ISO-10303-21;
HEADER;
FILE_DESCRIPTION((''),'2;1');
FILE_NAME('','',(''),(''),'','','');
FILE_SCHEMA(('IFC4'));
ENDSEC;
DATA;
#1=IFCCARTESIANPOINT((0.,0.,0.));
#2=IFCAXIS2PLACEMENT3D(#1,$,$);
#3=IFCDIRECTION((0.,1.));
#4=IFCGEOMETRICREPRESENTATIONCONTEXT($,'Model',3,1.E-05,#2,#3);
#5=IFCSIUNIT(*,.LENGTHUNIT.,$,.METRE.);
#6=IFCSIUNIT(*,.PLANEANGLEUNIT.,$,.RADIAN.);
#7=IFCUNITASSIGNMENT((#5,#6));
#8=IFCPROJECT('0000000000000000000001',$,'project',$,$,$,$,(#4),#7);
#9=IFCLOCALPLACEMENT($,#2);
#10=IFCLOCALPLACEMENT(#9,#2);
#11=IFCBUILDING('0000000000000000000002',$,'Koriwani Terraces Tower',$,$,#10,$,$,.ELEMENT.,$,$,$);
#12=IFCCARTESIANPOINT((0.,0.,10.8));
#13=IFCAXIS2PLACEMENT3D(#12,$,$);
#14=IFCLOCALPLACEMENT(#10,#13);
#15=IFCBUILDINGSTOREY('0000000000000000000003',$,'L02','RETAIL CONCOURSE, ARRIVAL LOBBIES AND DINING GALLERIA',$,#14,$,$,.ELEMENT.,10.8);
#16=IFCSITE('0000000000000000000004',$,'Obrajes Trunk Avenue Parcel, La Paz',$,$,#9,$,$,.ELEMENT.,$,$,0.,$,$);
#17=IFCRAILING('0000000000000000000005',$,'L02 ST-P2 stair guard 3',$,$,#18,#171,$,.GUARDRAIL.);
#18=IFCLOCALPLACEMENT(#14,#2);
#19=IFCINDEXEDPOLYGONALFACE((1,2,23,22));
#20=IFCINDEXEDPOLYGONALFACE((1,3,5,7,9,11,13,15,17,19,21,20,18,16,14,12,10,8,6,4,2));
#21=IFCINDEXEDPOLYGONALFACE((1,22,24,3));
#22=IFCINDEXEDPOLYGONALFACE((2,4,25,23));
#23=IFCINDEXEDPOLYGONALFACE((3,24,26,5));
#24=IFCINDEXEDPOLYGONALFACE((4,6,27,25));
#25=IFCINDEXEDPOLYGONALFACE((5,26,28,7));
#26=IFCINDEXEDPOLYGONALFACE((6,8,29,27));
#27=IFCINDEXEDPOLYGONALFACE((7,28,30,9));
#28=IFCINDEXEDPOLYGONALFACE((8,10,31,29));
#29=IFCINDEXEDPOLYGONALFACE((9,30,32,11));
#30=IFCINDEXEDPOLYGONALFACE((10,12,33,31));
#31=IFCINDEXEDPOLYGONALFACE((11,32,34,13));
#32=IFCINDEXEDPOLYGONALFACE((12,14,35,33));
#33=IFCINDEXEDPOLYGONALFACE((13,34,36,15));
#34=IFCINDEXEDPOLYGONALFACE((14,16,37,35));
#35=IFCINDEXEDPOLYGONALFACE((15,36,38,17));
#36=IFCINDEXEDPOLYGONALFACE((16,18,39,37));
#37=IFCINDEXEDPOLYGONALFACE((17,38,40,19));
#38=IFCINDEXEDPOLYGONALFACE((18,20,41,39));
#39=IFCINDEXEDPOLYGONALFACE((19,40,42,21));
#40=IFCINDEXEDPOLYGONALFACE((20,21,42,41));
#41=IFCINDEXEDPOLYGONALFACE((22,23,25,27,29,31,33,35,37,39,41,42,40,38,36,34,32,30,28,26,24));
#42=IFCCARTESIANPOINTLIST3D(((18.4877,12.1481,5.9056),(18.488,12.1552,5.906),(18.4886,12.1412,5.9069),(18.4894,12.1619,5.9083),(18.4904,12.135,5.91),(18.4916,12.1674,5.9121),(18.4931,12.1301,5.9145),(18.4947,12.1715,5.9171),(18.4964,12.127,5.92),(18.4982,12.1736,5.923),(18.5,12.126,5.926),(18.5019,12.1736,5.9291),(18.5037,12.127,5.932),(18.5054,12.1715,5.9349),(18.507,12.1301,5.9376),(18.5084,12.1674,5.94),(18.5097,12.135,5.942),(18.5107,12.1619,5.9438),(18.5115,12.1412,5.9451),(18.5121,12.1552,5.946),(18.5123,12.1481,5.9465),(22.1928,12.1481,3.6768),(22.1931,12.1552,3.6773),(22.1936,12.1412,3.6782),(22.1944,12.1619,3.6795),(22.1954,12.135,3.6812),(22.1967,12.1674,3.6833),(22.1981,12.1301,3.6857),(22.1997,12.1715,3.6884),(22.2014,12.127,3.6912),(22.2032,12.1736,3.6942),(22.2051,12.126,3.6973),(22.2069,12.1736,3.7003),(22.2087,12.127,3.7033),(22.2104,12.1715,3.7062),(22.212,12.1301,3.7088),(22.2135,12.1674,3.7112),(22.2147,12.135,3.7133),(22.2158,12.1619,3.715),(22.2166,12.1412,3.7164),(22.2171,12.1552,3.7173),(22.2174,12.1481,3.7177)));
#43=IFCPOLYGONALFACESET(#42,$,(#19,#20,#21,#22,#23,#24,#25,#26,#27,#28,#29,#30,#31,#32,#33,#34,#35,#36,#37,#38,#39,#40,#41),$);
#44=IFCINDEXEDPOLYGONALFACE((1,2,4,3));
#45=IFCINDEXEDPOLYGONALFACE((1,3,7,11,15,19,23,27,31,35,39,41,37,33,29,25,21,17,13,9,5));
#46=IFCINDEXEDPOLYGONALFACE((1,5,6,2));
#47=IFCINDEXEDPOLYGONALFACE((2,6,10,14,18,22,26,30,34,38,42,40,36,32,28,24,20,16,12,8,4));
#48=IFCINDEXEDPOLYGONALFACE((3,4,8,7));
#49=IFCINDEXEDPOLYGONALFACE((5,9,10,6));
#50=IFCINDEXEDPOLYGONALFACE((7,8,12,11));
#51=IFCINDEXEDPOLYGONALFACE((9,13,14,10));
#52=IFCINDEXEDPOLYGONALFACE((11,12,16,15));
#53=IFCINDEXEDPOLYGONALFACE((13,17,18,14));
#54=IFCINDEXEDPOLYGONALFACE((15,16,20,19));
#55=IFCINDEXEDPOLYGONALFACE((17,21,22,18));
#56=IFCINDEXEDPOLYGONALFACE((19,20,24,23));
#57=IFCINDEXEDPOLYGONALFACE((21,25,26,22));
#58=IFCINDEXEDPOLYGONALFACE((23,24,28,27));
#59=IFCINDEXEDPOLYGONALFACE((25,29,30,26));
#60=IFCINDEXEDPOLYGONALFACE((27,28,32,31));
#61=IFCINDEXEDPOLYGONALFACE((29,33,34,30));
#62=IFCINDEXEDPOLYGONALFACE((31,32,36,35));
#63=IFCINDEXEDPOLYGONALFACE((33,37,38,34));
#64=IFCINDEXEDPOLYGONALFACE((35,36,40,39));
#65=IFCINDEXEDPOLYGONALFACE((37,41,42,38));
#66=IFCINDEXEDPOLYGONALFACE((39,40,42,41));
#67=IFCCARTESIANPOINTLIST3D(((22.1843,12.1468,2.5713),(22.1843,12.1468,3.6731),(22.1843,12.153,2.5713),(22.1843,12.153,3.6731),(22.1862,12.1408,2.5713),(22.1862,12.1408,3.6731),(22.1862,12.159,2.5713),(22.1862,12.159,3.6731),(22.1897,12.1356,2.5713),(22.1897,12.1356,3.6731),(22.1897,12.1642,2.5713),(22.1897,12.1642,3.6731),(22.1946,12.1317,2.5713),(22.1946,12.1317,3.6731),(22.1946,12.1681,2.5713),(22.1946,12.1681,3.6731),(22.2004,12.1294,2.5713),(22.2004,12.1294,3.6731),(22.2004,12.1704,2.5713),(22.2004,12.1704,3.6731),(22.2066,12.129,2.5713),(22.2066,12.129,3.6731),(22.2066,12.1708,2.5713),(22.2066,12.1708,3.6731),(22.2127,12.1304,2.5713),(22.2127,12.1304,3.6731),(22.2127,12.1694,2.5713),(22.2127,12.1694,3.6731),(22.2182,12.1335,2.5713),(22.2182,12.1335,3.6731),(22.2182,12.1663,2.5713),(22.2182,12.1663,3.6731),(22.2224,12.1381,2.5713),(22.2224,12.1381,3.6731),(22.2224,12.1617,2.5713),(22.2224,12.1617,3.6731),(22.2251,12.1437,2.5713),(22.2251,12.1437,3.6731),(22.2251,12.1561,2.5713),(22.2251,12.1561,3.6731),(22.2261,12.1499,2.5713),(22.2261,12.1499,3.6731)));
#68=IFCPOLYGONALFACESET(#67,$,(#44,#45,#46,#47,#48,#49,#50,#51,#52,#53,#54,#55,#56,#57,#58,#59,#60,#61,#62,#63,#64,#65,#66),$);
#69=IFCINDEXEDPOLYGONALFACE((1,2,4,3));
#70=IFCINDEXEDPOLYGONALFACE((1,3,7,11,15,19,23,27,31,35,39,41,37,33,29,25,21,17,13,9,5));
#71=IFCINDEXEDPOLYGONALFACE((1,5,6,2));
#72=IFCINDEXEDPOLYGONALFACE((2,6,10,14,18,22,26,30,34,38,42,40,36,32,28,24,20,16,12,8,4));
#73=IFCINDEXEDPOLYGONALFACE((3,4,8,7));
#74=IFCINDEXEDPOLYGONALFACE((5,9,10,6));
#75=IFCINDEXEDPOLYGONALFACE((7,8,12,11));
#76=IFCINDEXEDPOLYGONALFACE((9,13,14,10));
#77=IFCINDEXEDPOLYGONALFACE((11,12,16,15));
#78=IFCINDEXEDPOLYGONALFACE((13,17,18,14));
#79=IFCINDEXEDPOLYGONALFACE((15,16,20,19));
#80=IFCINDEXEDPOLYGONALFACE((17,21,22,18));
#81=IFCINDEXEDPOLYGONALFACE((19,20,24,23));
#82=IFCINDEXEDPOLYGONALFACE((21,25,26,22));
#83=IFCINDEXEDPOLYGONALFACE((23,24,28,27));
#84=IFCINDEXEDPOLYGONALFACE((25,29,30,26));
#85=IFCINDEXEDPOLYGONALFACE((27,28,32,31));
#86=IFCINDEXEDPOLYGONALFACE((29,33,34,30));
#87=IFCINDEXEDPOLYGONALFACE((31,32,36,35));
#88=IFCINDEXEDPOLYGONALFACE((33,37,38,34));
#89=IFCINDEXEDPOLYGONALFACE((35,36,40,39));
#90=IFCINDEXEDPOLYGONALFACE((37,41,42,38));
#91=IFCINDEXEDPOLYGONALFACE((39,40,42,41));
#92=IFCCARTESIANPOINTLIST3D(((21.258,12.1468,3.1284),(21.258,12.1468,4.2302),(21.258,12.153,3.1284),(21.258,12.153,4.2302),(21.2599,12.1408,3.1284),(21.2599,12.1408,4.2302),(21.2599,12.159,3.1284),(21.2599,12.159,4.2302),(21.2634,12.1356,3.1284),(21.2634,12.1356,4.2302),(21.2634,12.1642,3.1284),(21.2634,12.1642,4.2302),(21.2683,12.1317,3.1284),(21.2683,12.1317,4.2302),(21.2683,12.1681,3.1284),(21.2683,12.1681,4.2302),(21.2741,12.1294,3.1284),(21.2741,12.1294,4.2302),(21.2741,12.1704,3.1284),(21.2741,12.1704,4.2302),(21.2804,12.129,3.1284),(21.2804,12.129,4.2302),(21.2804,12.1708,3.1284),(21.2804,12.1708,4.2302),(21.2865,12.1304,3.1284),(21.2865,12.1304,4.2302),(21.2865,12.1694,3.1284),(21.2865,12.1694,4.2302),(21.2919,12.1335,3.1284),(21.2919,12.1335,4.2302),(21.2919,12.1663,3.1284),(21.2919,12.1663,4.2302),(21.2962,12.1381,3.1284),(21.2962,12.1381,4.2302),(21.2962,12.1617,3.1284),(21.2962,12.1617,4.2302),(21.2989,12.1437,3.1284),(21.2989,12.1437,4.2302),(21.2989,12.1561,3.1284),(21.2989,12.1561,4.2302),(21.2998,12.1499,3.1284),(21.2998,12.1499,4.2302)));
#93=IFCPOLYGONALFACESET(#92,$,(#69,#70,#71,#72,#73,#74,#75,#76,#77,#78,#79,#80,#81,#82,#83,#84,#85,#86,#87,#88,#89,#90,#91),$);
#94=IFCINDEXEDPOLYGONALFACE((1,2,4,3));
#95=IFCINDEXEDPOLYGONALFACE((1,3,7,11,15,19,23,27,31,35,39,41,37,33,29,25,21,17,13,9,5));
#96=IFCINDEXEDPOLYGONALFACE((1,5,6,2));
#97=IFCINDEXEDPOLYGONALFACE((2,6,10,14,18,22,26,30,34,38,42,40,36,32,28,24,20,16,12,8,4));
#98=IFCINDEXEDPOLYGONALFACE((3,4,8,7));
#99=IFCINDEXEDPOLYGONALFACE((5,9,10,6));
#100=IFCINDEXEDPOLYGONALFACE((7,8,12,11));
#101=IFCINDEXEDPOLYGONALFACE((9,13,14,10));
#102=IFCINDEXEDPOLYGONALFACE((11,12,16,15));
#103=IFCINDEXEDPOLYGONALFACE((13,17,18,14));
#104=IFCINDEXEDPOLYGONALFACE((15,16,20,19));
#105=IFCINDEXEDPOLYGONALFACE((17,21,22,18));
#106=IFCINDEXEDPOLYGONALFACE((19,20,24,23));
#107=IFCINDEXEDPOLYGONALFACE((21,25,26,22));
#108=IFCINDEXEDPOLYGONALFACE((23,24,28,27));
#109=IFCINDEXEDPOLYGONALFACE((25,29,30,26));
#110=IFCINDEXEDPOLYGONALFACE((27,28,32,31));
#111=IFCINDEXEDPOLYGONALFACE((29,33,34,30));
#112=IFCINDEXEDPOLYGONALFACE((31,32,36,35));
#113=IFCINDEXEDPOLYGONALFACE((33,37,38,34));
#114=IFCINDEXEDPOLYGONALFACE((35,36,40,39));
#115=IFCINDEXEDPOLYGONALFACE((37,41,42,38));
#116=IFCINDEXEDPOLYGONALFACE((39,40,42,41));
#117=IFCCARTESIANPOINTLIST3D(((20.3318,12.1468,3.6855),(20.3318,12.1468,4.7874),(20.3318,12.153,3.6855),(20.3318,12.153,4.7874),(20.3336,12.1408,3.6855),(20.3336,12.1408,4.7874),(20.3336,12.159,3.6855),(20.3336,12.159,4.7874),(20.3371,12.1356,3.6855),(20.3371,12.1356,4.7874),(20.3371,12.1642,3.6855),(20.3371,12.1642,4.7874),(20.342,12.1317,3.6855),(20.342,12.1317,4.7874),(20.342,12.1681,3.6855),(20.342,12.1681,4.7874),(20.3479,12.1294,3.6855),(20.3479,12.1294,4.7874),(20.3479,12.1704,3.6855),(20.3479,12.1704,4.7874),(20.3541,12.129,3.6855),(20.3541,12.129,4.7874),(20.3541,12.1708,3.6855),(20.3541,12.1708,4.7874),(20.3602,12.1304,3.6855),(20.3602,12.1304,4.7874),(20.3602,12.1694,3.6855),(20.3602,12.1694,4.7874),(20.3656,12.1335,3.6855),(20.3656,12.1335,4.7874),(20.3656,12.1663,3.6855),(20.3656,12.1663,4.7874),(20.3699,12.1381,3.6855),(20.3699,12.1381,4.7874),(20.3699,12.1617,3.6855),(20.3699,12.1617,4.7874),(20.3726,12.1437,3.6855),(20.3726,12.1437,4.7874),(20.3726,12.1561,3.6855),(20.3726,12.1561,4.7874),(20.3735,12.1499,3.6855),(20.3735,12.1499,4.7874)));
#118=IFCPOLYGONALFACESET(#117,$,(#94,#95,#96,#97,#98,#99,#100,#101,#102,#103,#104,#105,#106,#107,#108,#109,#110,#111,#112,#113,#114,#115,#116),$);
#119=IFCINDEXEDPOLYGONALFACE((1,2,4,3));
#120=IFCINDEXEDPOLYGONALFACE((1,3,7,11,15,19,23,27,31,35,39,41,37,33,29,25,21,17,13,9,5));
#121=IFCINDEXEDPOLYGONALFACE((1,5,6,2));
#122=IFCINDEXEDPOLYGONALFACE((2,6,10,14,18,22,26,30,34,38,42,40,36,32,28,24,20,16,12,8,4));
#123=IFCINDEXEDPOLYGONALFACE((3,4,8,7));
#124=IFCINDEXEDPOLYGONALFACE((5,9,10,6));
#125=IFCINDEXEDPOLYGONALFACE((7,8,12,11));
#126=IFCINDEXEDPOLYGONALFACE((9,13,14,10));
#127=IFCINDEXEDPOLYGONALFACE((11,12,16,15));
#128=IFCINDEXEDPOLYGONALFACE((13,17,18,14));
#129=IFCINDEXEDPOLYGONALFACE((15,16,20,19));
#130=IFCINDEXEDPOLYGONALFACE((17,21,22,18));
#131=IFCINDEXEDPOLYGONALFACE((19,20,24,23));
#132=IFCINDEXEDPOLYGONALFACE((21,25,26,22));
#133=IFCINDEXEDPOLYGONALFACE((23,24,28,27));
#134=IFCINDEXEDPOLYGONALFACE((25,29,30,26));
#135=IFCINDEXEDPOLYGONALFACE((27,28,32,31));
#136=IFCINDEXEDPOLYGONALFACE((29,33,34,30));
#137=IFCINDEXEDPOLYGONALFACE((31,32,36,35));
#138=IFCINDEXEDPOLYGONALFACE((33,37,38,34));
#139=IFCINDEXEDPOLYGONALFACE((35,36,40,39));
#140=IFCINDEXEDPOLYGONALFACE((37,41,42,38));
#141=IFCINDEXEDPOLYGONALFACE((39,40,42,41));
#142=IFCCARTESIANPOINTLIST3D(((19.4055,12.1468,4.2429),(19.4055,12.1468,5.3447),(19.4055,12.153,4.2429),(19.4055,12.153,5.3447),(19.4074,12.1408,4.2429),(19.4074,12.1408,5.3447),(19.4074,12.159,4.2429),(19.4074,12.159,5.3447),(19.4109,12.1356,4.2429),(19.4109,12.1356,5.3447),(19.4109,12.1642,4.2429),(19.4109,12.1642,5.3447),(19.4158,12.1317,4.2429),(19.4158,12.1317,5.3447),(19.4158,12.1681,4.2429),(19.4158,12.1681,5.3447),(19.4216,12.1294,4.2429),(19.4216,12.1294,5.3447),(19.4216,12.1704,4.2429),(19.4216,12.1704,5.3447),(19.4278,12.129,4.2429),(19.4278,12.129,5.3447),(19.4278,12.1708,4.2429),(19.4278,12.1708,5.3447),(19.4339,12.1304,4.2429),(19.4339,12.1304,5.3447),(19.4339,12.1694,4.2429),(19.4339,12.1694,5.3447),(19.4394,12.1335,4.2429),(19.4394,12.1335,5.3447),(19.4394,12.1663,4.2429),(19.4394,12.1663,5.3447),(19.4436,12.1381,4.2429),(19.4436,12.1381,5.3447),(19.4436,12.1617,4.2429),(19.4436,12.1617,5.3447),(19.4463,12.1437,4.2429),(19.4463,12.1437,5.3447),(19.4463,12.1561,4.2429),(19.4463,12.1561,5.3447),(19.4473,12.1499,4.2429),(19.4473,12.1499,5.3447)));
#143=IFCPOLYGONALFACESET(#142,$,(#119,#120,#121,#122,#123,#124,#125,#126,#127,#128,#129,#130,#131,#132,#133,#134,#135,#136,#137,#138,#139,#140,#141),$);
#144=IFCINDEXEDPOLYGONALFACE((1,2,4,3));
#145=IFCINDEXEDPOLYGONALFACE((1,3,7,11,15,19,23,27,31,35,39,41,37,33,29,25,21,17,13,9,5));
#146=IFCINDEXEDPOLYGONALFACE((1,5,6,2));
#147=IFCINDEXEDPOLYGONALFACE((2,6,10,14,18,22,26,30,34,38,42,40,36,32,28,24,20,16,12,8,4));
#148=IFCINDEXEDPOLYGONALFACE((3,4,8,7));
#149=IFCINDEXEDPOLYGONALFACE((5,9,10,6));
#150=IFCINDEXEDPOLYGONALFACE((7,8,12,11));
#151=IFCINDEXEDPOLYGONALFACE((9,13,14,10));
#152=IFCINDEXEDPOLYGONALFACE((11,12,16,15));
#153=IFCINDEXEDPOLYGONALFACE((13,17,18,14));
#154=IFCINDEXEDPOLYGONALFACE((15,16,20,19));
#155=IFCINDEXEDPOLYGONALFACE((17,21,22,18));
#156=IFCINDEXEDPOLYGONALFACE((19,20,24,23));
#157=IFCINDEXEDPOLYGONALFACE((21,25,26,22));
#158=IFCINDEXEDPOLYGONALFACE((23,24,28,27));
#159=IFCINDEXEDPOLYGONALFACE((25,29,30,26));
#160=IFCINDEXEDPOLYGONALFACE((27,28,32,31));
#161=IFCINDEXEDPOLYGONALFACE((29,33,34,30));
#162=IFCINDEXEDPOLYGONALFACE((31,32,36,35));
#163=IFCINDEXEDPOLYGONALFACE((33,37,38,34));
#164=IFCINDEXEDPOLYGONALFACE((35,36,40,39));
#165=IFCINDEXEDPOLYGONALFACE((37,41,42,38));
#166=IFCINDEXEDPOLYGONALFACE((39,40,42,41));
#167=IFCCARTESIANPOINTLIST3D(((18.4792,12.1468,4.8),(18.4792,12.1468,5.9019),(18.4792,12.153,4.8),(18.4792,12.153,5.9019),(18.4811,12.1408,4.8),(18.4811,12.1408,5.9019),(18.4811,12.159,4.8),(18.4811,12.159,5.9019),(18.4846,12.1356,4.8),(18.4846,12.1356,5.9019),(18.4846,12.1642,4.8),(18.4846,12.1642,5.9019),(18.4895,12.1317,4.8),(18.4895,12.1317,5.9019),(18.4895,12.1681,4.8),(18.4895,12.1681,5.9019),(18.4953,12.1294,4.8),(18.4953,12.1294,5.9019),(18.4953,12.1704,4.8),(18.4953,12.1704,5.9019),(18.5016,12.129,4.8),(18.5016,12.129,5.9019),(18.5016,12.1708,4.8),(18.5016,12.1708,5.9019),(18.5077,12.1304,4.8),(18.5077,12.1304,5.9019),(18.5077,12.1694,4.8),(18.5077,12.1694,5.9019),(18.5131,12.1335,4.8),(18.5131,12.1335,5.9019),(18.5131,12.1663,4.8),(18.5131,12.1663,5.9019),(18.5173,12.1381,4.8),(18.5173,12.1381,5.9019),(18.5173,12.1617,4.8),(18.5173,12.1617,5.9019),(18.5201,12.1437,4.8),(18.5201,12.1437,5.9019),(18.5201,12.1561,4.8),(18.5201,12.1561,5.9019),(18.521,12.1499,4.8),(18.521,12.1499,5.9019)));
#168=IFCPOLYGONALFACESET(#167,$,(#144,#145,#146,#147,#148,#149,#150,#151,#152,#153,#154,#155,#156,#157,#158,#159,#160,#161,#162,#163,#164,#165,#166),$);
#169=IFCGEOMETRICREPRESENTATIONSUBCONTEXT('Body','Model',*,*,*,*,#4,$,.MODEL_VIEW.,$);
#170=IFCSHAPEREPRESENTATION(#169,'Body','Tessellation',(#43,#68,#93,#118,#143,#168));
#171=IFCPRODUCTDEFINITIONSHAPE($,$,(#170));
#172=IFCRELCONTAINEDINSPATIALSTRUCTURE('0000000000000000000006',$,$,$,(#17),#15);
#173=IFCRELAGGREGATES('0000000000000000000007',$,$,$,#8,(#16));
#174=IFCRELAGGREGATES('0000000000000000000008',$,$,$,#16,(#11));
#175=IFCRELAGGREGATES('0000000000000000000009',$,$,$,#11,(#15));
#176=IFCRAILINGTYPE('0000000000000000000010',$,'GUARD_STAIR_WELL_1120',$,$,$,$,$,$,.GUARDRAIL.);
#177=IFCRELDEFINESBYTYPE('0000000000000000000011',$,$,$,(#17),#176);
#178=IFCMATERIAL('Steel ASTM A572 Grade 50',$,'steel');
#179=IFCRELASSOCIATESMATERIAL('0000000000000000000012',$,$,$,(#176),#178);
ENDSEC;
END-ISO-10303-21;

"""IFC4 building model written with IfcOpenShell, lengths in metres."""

from ifc_helpers import new_model, si_unit, direction, frame, origin, origin_2d, place, context, subcontext, project, spatial, circle, extrude, material, type_object, element, save


model = new_model("IFC4")

# Units and contexts
model_context = context("Model", 3, precision=1e-05, world=origin(), true_north=direction((0.0, 1.0)))
body_context = subcontext(model_context, "Body", "Model", "MODEL_VIEW")
ifc_project = project(units=[si_unit("LENGTHUNIT", "METRE"), si_unit("PLANEANGLEUNIT", "RADIAN")], contexts=[model_context])

# Site, building, storey
site_placement = place(None, origin())
site = spatial("IfcSite", under=ifc_project, at=site_placement, Name="Obrajes Trunk Avenue Parcel, La Paz", CompositionType="ELEMENT", RefElevation=0.0)
building_placement = place(site_placement, origin())
building = spatial("IfcBuilding", under=site, at=building_placement, Name="Koriwani Terraces Tower", CompositionType="ELEMENT")
storey_placement = place(building_placement, frame((0.0, 0.0, 10.8)))
storey = spatial("IfcBuildingStorey", under=building, at=storey_placement, Name="L02", Description="RETAIL CONCOURSE, ARRIVAL LOBBIES AND DINING GALLERIA", CompositionType="ELEMENT", Elevation=10.8)

# Shared definitions
ifc_material_1 = material(Name="Steel ASTM A572 Grade 50", Category="steel")

# Railing
railing_type_1 = type_object("IfcRailingType", Name="GUARD_STAIR_WELL_1120", PredefinedType="GUARDRAIL", material=ifc_material_1)
railing_1_placement = place(storey_placement, frame((22.2051, 12.1499, 2.5713)))
element("IfcRailing", 1, at=railing_1_placement, inside=storey, type_object=railing_type_1, Name="L02 ST-P2 stair guard 3", PredefinedType="GUARDRAIL", context=body_context, shape_type="SweptSolid", body=[
    extrude(circle(Radius=0.0239, at=origin_2d()), frame((0.0, 0.0, 1.126), z_axis=(-0.856909, 0.0, 0.515467), x_axis=(0.0, -1.0, 0.0)), (0.0, 0.0, 1.0), 4.3237),
    extrude(circle(Radius=0.021, at=origin_2d()), origin(), (0.0, 0.0, 1.0), 1.1018),
    extrude(circle(Radius=0.021, at=origin_2d()), frame((-0.9263, 0.0, 0.5571)), (0.0, 0.0, 1.0), 1.1018),
    extrude(circle(Radius=0.021, at=origin_2d()), frame((-1.8525, 0.0, 1.1143)), (0.0, 0.0, 1.0), 1.1018),
    extrude(circle(Radius=0.021, at=origin_2d()), frame((-2.7788, 0.0, 1.6716)), (0.0, 0.0, 1.0), 1.1018),
    extrude(circle(Radius=0.021, at=origin_2d()), frame((-3.7051, 0.0, 2.2288)), (0.0, 0.0, 1.0), 1.1018),
])

save(model, "model.ifc")
